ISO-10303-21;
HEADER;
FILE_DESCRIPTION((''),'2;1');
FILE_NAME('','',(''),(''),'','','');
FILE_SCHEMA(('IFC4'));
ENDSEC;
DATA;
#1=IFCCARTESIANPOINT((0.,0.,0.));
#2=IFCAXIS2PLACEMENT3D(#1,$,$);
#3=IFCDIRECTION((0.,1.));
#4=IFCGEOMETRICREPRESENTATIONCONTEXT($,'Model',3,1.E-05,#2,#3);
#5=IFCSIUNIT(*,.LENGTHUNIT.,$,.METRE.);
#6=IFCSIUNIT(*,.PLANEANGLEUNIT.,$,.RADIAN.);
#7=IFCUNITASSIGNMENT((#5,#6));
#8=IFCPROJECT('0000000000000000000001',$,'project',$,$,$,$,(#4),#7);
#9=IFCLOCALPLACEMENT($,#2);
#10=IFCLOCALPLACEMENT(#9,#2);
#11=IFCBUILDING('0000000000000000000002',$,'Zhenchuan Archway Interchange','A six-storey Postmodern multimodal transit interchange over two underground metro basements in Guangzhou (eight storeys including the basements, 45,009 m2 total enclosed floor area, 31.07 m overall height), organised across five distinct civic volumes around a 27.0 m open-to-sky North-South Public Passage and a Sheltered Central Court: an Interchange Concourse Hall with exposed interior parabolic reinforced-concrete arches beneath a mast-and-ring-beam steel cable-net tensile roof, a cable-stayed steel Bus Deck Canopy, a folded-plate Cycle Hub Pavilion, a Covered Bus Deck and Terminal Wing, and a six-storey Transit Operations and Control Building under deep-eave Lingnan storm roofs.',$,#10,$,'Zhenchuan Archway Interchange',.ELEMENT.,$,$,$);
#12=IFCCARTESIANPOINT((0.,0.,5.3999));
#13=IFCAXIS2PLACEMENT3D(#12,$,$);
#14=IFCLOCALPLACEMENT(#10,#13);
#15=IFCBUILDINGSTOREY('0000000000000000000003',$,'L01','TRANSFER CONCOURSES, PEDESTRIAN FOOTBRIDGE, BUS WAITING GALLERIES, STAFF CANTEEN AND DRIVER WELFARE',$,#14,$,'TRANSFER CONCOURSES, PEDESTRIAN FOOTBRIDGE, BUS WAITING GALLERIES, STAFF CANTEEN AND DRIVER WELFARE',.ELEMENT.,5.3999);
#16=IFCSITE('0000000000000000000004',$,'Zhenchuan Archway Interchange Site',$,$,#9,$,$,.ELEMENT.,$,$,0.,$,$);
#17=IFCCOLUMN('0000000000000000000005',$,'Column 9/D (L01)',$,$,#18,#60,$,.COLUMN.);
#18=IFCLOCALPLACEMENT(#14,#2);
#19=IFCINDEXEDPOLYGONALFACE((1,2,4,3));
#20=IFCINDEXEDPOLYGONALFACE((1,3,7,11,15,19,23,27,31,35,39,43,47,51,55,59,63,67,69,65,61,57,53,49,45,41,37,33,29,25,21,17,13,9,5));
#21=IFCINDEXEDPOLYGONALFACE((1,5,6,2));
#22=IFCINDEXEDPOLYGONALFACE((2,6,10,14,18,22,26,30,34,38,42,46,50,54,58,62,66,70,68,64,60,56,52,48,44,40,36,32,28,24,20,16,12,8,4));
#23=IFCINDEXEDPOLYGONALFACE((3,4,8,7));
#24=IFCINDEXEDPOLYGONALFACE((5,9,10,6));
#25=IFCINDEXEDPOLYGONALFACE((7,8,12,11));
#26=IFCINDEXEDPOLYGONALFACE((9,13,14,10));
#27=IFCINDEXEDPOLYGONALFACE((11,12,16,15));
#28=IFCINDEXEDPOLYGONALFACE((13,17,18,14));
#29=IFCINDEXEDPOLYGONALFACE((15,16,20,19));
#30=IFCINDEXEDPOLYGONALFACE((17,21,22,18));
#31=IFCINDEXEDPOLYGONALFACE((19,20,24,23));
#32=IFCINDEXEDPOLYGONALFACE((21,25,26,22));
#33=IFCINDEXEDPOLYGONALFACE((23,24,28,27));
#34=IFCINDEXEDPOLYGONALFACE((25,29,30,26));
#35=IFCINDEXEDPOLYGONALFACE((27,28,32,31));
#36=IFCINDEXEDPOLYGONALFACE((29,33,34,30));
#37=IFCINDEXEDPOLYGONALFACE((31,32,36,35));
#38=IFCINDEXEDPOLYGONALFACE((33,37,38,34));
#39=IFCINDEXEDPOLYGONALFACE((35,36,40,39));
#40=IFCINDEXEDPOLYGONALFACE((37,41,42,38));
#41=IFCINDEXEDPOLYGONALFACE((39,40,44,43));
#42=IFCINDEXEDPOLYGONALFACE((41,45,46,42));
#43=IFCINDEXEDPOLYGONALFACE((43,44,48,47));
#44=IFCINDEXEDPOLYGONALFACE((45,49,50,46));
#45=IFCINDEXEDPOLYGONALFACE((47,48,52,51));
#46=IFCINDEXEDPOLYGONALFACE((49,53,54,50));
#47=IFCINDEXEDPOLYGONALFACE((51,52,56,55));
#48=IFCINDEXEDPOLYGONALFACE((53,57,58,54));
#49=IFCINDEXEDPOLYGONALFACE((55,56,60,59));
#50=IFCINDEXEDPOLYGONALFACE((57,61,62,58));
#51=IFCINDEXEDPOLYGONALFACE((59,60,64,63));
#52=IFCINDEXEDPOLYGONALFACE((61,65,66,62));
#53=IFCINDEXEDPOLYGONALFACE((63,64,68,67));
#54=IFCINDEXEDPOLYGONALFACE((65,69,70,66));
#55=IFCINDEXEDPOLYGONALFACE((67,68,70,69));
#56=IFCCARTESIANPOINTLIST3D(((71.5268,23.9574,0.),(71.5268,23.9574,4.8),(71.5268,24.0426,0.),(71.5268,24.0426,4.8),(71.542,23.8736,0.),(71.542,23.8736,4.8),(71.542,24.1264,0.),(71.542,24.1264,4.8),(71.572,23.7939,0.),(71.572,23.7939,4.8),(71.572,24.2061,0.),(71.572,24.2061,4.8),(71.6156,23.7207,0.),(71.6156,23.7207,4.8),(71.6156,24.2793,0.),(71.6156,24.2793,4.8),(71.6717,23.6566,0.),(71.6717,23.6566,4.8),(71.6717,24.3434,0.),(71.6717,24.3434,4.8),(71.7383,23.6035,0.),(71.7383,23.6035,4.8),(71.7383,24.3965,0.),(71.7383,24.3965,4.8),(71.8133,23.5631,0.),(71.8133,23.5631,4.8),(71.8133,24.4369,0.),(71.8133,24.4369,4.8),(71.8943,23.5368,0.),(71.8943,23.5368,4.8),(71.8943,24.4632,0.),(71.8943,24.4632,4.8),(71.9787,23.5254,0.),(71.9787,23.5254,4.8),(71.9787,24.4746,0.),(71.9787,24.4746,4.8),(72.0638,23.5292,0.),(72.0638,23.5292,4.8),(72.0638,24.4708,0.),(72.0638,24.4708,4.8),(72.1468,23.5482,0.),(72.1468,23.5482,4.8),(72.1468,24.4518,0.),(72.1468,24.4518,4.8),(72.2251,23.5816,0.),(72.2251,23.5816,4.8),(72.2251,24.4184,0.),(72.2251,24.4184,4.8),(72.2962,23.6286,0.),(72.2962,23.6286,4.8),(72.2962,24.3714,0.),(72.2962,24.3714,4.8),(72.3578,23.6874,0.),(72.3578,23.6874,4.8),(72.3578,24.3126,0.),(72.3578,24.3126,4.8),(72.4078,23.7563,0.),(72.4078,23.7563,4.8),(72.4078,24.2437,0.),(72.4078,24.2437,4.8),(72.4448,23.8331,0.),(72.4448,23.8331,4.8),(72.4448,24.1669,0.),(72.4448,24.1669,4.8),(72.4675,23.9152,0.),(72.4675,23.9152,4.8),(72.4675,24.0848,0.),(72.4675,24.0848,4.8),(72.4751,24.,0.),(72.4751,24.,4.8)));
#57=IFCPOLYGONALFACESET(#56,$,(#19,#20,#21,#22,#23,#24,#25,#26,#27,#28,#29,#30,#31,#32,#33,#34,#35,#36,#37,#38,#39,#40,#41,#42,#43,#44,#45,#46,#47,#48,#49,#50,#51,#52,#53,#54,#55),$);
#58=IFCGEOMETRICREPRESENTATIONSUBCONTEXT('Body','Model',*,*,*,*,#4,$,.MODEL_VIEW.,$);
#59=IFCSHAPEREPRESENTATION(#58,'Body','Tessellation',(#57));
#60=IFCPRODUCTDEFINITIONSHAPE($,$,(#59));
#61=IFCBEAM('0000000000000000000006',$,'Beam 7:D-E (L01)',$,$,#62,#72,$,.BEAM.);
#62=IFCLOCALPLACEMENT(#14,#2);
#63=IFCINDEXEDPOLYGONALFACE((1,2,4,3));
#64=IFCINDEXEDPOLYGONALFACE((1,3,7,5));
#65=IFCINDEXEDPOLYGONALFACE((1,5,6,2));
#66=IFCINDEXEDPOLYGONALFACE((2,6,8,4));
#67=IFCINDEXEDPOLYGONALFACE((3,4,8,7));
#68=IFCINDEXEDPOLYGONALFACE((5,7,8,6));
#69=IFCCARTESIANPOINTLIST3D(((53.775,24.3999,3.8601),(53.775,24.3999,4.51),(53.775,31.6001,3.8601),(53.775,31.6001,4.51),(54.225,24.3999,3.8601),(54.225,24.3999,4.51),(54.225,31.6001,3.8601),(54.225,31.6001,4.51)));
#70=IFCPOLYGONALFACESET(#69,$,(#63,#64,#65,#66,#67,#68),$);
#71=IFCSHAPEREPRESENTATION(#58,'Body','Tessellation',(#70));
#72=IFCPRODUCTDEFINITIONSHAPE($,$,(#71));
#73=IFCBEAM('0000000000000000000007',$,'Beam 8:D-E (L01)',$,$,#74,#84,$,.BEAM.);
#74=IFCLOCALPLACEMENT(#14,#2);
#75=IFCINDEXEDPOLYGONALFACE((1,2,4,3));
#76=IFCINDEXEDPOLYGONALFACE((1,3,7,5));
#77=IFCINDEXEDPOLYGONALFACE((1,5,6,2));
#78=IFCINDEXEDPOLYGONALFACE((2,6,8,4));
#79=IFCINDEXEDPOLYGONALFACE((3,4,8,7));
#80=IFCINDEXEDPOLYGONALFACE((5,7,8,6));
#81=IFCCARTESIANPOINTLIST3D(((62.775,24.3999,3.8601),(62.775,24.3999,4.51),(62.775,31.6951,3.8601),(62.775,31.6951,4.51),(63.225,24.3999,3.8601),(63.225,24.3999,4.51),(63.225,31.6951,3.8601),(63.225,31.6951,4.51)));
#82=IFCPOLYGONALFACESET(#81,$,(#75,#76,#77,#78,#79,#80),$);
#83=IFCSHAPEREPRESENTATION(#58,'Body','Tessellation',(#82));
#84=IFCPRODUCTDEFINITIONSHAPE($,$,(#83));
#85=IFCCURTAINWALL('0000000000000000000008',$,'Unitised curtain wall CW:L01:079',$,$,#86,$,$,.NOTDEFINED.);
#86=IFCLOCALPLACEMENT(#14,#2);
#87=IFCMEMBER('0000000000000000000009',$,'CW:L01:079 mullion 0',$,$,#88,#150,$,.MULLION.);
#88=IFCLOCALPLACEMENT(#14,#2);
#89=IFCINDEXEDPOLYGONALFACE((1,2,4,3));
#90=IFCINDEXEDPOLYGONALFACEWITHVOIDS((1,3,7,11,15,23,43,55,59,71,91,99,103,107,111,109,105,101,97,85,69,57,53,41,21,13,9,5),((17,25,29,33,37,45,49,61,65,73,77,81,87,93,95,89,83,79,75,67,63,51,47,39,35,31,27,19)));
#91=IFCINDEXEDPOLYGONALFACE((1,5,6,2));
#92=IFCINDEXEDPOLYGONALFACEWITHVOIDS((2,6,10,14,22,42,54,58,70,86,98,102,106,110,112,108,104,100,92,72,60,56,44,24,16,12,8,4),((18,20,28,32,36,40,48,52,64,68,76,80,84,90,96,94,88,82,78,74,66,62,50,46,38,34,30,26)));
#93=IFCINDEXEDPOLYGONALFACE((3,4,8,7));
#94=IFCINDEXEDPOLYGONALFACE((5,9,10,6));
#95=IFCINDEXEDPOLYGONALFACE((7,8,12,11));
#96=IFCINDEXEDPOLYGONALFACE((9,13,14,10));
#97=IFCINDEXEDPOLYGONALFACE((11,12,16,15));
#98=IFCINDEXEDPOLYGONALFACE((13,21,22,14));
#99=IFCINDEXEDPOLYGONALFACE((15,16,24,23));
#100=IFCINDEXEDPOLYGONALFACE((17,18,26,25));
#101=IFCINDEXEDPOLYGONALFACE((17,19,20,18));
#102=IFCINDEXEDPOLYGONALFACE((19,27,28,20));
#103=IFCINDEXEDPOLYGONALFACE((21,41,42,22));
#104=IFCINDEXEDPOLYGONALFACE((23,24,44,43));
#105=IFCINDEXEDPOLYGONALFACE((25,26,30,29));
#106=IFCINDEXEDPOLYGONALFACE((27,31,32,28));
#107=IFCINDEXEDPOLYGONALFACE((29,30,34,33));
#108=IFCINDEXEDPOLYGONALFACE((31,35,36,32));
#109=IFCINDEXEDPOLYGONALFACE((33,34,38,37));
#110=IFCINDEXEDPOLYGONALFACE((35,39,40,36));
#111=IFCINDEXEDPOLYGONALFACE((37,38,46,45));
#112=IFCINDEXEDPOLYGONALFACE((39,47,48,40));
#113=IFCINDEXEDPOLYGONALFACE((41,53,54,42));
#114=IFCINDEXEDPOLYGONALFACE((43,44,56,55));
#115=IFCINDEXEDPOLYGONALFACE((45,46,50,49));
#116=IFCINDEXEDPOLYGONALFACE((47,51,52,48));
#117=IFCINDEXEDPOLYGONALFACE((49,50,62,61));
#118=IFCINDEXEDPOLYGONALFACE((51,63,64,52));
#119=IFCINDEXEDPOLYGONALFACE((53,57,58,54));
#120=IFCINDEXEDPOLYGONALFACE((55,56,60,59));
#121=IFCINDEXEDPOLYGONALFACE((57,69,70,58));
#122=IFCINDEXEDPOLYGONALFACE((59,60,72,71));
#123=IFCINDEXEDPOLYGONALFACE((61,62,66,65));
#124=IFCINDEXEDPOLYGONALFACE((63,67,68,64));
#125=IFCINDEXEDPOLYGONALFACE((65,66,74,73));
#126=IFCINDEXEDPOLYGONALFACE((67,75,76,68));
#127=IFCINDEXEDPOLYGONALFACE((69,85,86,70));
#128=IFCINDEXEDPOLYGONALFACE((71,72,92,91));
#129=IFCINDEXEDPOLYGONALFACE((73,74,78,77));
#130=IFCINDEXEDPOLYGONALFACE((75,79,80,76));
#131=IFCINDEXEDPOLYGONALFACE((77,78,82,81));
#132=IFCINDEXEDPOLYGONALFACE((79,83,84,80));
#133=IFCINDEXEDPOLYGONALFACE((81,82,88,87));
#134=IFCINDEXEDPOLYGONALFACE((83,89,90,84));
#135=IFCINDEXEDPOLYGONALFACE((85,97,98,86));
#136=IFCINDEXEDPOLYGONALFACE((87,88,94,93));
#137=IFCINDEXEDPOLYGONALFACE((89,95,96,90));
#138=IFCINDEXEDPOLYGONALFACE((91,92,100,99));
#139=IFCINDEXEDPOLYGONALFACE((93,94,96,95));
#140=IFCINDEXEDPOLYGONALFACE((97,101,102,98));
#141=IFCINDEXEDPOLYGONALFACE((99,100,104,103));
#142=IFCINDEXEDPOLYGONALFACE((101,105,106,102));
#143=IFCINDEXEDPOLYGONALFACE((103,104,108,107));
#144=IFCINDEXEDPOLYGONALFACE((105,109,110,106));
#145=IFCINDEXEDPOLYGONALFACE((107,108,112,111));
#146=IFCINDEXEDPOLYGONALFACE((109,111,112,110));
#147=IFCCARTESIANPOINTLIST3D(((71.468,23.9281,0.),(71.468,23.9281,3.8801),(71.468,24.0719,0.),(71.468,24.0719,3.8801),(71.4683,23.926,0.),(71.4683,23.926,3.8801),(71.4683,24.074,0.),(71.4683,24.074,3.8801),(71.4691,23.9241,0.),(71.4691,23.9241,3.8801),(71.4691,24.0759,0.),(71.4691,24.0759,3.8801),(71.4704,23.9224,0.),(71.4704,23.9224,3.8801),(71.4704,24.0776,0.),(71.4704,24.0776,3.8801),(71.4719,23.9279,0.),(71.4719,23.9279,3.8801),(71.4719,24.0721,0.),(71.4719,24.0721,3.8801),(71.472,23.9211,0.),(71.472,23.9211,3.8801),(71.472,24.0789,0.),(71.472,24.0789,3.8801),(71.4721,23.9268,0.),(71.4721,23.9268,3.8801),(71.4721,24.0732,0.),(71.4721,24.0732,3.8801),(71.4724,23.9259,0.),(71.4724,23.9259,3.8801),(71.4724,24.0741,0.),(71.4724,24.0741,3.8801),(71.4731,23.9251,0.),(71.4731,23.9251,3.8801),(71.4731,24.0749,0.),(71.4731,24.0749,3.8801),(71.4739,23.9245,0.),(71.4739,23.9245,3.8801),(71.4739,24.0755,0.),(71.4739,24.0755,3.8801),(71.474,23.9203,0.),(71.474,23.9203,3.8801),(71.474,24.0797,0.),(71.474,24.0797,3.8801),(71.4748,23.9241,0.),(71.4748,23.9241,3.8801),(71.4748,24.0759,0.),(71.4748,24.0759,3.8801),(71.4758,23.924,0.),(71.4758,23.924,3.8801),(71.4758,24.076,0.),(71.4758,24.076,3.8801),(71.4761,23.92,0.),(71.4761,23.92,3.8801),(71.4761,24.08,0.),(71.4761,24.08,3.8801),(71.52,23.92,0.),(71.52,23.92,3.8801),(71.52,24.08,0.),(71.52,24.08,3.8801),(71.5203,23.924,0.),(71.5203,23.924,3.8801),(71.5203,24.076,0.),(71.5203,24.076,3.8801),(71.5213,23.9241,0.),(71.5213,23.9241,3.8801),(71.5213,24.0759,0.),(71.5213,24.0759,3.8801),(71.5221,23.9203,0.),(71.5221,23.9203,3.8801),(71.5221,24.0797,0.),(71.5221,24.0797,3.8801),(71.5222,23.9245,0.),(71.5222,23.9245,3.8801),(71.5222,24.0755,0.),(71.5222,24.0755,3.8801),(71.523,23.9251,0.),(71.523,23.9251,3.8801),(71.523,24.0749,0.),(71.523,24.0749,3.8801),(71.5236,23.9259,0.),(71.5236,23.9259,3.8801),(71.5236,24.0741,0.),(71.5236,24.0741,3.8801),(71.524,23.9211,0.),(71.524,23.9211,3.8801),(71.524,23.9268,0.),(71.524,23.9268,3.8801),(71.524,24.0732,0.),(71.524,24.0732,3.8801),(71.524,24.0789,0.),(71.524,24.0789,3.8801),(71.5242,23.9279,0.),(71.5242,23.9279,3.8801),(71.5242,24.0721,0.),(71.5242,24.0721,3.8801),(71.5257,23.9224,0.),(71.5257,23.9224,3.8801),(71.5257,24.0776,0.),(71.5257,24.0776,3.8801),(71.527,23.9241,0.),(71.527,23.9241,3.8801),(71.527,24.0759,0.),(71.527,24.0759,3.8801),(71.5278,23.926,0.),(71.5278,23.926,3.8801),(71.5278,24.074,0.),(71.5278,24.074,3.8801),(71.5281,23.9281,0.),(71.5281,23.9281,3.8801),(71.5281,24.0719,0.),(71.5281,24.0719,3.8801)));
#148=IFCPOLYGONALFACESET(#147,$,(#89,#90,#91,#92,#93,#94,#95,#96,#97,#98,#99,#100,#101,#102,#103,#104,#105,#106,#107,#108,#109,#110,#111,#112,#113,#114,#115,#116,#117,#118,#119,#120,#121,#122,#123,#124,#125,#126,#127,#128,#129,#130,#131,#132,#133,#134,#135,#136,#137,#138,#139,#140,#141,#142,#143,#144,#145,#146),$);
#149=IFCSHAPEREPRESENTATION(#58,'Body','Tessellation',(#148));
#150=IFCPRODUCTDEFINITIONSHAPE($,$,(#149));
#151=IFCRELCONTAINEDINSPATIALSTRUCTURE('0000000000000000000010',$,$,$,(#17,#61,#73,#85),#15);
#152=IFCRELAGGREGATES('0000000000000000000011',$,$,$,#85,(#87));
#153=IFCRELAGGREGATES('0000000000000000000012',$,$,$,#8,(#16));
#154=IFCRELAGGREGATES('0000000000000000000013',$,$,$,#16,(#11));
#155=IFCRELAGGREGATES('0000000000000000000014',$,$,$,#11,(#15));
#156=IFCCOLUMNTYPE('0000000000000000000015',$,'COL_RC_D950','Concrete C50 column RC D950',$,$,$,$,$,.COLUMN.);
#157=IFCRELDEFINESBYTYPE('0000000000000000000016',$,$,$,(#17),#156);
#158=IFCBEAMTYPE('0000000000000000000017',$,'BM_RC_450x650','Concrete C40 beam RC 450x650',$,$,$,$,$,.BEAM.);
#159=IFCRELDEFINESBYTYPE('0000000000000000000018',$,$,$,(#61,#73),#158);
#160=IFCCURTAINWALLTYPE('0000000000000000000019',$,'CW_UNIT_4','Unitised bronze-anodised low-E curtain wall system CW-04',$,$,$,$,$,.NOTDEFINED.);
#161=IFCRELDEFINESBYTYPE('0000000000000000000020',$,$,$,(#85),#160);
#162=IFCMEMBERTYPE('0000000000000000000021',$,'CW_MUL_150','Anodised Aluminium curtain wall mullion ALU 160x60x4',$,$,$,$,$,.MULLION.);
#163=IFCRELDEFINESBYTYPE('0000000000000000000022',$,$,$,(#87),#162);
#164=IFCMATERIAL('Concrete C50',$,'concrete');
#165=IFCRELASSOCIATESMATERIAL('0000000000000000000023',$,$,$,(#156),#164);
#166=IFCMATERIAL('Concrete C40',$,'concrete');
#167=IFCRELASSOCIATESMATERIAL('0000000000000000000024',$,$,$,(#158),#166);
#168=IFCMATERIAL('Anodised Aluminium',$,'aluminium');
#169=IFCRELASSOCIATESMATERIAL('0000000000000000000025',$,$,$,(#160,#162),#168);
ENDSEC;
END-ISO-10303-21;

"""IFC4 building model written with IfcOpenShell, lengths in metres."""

from ifc_helpers import new_model, si_unit, direction, frame, origin, origin_2d, place, context, subcontext, project, spatial, rectangle, hollow_rectangle, circle, extrude, material, material_profile, profile_set, type_object, element, aggregate, save


model = new_model("IFC4")

# Units and contexts
model_context = context("Model", 3, precision=1e-05, world=origin(), true_north=direction((0.0, 1.0)))
body_context = subcontext(model_context, "Body", "Model", "MODEL_VIEW")
ifc_project = project(units=[si_unit("LENGTHUNIT", "METRE"), si_unit("PLANEANGLEUNIT", "RADIAN")], contexts=[model_context])

# Site, building, storey
site_placement = place(None, origin())
site = spatial("IfcSite", under=ifc_project, at=site_placement, Name="Zhenchuan Archway Interchange Site", CompositionType="ELEMENT", RefElevation=0.0)
building_placement = place(site_placement, origin())
building = spatial("IfcBuilding", under=site, at=building_placement, Name="Zhenchuan Archway Interchange", Description="A six-storey Postmodern multimodal transit interchange over two underground metro basements in Guangzhou (eight storeys including the basements, 45,009 m2 total enclosed floor area, 31.07 m overall height), organised across five distinct civic volumes around a 27.0 m open-to-sky North-South Public Passage and a Sheltered Central Court: an Interchange Concourse Hall with exposed interior parabolic reinforced-concrete arches beneath a mast-and-ring-beam steel cable-net tensile roof, a cable-stayed steel Bus Deck Canopy, a folded-plate Cycle Hub Pavilion, a Covered Bus Deck and Terminal Wing, and a six-storey Transit Operations and Control Building under deep-eave Lingnan storm roofs.", LongName="Zhenchuan Archway Interchange", CompositionType="ELEMENT")
storey_placement = place(building_placement, frame((0.0, 0.0, 5.3999)))
storey = spatial("IfcBuildingStorey", under=building, at=storey_placement, Name="L01", Description="TRANSFER CONCOURSES, PEDESTRIAN FOOTBRIDGE, BUS WAITING GALLERIES, STAFF CANTEEN AND DRIVER WELFARE", LongName="TRANSFER CONCOURSES, PEDESTRIAN FOOTBRIDGE, BUS WAITING GALLERIES, STAFF CANTEEN AND DRIVER WELFARE", CompositionType="ELEMENT", Elevation=5.3999)

# Column
ifc_material_1 = material(Name="Concrete C50", Category="concrete")
ifc_material_profile_1 = material_profile(ifc_material_1, circle(Radius=0.4751, at=origin_2d()), Name="RC D950")
ifc_profile_set_1 = profile_set([ifc_material_profile_1], Name="Concrete C50")
column_type = type_object("IfcColumnType", Name="COL_RC_D950", Description="Concrete C50 column RC D950", PredefinedType="COLUMN", material=ifc_profile_set_1)
column_placement = place(storey_placement, frame((72.0, 24.0, 0.0), z_axis=(0.0, 0.0, 1.0), x_axis=(1.0, 0.0, 0.0)))
element("IfcColumn", 1, at=column_placement, inside=storey, type_object=column_type, Name="Column 9/D (L01)", PredefinedType="COLUMN", context=body_context, shape_type="SweptSolid", body=[
    extrude(circle(Radius=0.4751, at=origin_2d()), origin(), (0.0, 0.0, 1.0), 4.8),
])

# Beams
ifc_material_2 = material(Name="Concrete C40", Category="concrete")
ifc_material_profile_2 = material_profile(ifc_material_2, rectangle(XDim=0.45, YDim=0.6499, at=origin_2d()), Name="RC 450x650")
ifc_profile_set_2 = profile_set([ifc_material_profile_2], Name="Concrete C40")
beam_type_1 = type_object("IfcBeamType", Name="BM_RC_450x650", Description="Concrete C40 beam RC 450x650", PredefinedType="BEAM", material=ifc_profile_set_2)
beam_1_placement = place(storey_placement, frame((54.0, 24.3999, 4.1851), z_axis=(0.0, 1.0, 0.0), x_axis=(-1.0, 0.0, 0.0)))
element("IfcBeam", 2, at=beam_1_placement, inside=storey, type_object=beam_type_1, Name="Beam 7:D-E (L01)", PredefinedType="BEAM", context=body_context, shape_type="SweptSolid", body=[
    extrude(rectangle(XDim=0.45, YDim=0.6499, at=origin_2d()), origin(), (0.0, 0.0, 1.0), 7.2002),
])
beam_2_placement = place(storey_placement, frame((63.0, 24.3999, 4.1851), z_axis=(0.0, 1.0, 0.0), x_axis=(-1.0, 0.0, 0.0)))
element("IfcBeam", 3, at=beam_2_placement, inside=storey, type_object=beam_type_1, Name="Beam 8:D-E (L01)", PredefinedType="BEAM", context=body_context, shape_type="SweptSolid", body=[
    extrude(rectangle(XDim=0.45, YDim=0.6499, at=origin_2d()), origin(), (0.0, 0.0, 1.0), 7.2952),
])

# Curtain wall, member
ifc_material_3 = material(Name="Anodised Aluminium", Category="aluminium")
curtain_wall_type = type_object("IfcCurtainWallType", Name="CW_UNIT_4", Description="Unitised bronze-anodised low-E curtain wall system CW-04", PredefinedType="NOTDEFINED", material=ifc_material_3)
curtain_wall_placement = place(storey_placement, origin())
curtain_wall = element("IfcCurtainWall", 4, at=curtain_wall_placement, inside=storey, type_object=curtain_wall_type, Name="Unitised curtain wall CW:L01:079", PredefinedType="NOTDEFINED")
ifc_material_profile_3 = material_profile(ifc_material_3, hollow_rectangle(XDim=0.0601, YDim=0.1599, WallThickness=0.0039, InnerFilletRadius=0.0039, OuterFilletRadius=0.0081, at=origin_2d()), Name="ALU 160x60x4")
ifc_profile_set_3 = profile_set([ifc_material_profile_3], Name="Anodised Aluminium")
member_type_1 = type_object("IfcMemberType", Name="CW_MUL_150", Description="Anodised Aluminium curtain wall mullion ALU 160x60x4", PredefinedType="MULLION", material=ifc_profile_set_3)
member_1_placement = place(storey_placement, frame((71.498, 24.0, 0.0), z_axis=(0.0, 0.0, 1.0), x_axis=(1.0, 0.0, 0.0)))
member_1 = element("IfcMember", 5, at=member_1_placement, type_object=member_type_1, Name="CW:L01:079 mullion 0", PredefinedType="MULLION", context=body_context, shape_type="SweptSolid", body=[
    extrude(hollow_rectangle(XDim=0.0601, YDim=0.1599, WallThickness=0.0039, InnerFilletRadius=0.0039, OuterFilletRadius=0.0081, at=origin_2d()), origin(), (0.0, 0.0, 1.0), 3.8801),
])

aggregate(curtain_wall, [member_1])

save(model, "model.ifc")
